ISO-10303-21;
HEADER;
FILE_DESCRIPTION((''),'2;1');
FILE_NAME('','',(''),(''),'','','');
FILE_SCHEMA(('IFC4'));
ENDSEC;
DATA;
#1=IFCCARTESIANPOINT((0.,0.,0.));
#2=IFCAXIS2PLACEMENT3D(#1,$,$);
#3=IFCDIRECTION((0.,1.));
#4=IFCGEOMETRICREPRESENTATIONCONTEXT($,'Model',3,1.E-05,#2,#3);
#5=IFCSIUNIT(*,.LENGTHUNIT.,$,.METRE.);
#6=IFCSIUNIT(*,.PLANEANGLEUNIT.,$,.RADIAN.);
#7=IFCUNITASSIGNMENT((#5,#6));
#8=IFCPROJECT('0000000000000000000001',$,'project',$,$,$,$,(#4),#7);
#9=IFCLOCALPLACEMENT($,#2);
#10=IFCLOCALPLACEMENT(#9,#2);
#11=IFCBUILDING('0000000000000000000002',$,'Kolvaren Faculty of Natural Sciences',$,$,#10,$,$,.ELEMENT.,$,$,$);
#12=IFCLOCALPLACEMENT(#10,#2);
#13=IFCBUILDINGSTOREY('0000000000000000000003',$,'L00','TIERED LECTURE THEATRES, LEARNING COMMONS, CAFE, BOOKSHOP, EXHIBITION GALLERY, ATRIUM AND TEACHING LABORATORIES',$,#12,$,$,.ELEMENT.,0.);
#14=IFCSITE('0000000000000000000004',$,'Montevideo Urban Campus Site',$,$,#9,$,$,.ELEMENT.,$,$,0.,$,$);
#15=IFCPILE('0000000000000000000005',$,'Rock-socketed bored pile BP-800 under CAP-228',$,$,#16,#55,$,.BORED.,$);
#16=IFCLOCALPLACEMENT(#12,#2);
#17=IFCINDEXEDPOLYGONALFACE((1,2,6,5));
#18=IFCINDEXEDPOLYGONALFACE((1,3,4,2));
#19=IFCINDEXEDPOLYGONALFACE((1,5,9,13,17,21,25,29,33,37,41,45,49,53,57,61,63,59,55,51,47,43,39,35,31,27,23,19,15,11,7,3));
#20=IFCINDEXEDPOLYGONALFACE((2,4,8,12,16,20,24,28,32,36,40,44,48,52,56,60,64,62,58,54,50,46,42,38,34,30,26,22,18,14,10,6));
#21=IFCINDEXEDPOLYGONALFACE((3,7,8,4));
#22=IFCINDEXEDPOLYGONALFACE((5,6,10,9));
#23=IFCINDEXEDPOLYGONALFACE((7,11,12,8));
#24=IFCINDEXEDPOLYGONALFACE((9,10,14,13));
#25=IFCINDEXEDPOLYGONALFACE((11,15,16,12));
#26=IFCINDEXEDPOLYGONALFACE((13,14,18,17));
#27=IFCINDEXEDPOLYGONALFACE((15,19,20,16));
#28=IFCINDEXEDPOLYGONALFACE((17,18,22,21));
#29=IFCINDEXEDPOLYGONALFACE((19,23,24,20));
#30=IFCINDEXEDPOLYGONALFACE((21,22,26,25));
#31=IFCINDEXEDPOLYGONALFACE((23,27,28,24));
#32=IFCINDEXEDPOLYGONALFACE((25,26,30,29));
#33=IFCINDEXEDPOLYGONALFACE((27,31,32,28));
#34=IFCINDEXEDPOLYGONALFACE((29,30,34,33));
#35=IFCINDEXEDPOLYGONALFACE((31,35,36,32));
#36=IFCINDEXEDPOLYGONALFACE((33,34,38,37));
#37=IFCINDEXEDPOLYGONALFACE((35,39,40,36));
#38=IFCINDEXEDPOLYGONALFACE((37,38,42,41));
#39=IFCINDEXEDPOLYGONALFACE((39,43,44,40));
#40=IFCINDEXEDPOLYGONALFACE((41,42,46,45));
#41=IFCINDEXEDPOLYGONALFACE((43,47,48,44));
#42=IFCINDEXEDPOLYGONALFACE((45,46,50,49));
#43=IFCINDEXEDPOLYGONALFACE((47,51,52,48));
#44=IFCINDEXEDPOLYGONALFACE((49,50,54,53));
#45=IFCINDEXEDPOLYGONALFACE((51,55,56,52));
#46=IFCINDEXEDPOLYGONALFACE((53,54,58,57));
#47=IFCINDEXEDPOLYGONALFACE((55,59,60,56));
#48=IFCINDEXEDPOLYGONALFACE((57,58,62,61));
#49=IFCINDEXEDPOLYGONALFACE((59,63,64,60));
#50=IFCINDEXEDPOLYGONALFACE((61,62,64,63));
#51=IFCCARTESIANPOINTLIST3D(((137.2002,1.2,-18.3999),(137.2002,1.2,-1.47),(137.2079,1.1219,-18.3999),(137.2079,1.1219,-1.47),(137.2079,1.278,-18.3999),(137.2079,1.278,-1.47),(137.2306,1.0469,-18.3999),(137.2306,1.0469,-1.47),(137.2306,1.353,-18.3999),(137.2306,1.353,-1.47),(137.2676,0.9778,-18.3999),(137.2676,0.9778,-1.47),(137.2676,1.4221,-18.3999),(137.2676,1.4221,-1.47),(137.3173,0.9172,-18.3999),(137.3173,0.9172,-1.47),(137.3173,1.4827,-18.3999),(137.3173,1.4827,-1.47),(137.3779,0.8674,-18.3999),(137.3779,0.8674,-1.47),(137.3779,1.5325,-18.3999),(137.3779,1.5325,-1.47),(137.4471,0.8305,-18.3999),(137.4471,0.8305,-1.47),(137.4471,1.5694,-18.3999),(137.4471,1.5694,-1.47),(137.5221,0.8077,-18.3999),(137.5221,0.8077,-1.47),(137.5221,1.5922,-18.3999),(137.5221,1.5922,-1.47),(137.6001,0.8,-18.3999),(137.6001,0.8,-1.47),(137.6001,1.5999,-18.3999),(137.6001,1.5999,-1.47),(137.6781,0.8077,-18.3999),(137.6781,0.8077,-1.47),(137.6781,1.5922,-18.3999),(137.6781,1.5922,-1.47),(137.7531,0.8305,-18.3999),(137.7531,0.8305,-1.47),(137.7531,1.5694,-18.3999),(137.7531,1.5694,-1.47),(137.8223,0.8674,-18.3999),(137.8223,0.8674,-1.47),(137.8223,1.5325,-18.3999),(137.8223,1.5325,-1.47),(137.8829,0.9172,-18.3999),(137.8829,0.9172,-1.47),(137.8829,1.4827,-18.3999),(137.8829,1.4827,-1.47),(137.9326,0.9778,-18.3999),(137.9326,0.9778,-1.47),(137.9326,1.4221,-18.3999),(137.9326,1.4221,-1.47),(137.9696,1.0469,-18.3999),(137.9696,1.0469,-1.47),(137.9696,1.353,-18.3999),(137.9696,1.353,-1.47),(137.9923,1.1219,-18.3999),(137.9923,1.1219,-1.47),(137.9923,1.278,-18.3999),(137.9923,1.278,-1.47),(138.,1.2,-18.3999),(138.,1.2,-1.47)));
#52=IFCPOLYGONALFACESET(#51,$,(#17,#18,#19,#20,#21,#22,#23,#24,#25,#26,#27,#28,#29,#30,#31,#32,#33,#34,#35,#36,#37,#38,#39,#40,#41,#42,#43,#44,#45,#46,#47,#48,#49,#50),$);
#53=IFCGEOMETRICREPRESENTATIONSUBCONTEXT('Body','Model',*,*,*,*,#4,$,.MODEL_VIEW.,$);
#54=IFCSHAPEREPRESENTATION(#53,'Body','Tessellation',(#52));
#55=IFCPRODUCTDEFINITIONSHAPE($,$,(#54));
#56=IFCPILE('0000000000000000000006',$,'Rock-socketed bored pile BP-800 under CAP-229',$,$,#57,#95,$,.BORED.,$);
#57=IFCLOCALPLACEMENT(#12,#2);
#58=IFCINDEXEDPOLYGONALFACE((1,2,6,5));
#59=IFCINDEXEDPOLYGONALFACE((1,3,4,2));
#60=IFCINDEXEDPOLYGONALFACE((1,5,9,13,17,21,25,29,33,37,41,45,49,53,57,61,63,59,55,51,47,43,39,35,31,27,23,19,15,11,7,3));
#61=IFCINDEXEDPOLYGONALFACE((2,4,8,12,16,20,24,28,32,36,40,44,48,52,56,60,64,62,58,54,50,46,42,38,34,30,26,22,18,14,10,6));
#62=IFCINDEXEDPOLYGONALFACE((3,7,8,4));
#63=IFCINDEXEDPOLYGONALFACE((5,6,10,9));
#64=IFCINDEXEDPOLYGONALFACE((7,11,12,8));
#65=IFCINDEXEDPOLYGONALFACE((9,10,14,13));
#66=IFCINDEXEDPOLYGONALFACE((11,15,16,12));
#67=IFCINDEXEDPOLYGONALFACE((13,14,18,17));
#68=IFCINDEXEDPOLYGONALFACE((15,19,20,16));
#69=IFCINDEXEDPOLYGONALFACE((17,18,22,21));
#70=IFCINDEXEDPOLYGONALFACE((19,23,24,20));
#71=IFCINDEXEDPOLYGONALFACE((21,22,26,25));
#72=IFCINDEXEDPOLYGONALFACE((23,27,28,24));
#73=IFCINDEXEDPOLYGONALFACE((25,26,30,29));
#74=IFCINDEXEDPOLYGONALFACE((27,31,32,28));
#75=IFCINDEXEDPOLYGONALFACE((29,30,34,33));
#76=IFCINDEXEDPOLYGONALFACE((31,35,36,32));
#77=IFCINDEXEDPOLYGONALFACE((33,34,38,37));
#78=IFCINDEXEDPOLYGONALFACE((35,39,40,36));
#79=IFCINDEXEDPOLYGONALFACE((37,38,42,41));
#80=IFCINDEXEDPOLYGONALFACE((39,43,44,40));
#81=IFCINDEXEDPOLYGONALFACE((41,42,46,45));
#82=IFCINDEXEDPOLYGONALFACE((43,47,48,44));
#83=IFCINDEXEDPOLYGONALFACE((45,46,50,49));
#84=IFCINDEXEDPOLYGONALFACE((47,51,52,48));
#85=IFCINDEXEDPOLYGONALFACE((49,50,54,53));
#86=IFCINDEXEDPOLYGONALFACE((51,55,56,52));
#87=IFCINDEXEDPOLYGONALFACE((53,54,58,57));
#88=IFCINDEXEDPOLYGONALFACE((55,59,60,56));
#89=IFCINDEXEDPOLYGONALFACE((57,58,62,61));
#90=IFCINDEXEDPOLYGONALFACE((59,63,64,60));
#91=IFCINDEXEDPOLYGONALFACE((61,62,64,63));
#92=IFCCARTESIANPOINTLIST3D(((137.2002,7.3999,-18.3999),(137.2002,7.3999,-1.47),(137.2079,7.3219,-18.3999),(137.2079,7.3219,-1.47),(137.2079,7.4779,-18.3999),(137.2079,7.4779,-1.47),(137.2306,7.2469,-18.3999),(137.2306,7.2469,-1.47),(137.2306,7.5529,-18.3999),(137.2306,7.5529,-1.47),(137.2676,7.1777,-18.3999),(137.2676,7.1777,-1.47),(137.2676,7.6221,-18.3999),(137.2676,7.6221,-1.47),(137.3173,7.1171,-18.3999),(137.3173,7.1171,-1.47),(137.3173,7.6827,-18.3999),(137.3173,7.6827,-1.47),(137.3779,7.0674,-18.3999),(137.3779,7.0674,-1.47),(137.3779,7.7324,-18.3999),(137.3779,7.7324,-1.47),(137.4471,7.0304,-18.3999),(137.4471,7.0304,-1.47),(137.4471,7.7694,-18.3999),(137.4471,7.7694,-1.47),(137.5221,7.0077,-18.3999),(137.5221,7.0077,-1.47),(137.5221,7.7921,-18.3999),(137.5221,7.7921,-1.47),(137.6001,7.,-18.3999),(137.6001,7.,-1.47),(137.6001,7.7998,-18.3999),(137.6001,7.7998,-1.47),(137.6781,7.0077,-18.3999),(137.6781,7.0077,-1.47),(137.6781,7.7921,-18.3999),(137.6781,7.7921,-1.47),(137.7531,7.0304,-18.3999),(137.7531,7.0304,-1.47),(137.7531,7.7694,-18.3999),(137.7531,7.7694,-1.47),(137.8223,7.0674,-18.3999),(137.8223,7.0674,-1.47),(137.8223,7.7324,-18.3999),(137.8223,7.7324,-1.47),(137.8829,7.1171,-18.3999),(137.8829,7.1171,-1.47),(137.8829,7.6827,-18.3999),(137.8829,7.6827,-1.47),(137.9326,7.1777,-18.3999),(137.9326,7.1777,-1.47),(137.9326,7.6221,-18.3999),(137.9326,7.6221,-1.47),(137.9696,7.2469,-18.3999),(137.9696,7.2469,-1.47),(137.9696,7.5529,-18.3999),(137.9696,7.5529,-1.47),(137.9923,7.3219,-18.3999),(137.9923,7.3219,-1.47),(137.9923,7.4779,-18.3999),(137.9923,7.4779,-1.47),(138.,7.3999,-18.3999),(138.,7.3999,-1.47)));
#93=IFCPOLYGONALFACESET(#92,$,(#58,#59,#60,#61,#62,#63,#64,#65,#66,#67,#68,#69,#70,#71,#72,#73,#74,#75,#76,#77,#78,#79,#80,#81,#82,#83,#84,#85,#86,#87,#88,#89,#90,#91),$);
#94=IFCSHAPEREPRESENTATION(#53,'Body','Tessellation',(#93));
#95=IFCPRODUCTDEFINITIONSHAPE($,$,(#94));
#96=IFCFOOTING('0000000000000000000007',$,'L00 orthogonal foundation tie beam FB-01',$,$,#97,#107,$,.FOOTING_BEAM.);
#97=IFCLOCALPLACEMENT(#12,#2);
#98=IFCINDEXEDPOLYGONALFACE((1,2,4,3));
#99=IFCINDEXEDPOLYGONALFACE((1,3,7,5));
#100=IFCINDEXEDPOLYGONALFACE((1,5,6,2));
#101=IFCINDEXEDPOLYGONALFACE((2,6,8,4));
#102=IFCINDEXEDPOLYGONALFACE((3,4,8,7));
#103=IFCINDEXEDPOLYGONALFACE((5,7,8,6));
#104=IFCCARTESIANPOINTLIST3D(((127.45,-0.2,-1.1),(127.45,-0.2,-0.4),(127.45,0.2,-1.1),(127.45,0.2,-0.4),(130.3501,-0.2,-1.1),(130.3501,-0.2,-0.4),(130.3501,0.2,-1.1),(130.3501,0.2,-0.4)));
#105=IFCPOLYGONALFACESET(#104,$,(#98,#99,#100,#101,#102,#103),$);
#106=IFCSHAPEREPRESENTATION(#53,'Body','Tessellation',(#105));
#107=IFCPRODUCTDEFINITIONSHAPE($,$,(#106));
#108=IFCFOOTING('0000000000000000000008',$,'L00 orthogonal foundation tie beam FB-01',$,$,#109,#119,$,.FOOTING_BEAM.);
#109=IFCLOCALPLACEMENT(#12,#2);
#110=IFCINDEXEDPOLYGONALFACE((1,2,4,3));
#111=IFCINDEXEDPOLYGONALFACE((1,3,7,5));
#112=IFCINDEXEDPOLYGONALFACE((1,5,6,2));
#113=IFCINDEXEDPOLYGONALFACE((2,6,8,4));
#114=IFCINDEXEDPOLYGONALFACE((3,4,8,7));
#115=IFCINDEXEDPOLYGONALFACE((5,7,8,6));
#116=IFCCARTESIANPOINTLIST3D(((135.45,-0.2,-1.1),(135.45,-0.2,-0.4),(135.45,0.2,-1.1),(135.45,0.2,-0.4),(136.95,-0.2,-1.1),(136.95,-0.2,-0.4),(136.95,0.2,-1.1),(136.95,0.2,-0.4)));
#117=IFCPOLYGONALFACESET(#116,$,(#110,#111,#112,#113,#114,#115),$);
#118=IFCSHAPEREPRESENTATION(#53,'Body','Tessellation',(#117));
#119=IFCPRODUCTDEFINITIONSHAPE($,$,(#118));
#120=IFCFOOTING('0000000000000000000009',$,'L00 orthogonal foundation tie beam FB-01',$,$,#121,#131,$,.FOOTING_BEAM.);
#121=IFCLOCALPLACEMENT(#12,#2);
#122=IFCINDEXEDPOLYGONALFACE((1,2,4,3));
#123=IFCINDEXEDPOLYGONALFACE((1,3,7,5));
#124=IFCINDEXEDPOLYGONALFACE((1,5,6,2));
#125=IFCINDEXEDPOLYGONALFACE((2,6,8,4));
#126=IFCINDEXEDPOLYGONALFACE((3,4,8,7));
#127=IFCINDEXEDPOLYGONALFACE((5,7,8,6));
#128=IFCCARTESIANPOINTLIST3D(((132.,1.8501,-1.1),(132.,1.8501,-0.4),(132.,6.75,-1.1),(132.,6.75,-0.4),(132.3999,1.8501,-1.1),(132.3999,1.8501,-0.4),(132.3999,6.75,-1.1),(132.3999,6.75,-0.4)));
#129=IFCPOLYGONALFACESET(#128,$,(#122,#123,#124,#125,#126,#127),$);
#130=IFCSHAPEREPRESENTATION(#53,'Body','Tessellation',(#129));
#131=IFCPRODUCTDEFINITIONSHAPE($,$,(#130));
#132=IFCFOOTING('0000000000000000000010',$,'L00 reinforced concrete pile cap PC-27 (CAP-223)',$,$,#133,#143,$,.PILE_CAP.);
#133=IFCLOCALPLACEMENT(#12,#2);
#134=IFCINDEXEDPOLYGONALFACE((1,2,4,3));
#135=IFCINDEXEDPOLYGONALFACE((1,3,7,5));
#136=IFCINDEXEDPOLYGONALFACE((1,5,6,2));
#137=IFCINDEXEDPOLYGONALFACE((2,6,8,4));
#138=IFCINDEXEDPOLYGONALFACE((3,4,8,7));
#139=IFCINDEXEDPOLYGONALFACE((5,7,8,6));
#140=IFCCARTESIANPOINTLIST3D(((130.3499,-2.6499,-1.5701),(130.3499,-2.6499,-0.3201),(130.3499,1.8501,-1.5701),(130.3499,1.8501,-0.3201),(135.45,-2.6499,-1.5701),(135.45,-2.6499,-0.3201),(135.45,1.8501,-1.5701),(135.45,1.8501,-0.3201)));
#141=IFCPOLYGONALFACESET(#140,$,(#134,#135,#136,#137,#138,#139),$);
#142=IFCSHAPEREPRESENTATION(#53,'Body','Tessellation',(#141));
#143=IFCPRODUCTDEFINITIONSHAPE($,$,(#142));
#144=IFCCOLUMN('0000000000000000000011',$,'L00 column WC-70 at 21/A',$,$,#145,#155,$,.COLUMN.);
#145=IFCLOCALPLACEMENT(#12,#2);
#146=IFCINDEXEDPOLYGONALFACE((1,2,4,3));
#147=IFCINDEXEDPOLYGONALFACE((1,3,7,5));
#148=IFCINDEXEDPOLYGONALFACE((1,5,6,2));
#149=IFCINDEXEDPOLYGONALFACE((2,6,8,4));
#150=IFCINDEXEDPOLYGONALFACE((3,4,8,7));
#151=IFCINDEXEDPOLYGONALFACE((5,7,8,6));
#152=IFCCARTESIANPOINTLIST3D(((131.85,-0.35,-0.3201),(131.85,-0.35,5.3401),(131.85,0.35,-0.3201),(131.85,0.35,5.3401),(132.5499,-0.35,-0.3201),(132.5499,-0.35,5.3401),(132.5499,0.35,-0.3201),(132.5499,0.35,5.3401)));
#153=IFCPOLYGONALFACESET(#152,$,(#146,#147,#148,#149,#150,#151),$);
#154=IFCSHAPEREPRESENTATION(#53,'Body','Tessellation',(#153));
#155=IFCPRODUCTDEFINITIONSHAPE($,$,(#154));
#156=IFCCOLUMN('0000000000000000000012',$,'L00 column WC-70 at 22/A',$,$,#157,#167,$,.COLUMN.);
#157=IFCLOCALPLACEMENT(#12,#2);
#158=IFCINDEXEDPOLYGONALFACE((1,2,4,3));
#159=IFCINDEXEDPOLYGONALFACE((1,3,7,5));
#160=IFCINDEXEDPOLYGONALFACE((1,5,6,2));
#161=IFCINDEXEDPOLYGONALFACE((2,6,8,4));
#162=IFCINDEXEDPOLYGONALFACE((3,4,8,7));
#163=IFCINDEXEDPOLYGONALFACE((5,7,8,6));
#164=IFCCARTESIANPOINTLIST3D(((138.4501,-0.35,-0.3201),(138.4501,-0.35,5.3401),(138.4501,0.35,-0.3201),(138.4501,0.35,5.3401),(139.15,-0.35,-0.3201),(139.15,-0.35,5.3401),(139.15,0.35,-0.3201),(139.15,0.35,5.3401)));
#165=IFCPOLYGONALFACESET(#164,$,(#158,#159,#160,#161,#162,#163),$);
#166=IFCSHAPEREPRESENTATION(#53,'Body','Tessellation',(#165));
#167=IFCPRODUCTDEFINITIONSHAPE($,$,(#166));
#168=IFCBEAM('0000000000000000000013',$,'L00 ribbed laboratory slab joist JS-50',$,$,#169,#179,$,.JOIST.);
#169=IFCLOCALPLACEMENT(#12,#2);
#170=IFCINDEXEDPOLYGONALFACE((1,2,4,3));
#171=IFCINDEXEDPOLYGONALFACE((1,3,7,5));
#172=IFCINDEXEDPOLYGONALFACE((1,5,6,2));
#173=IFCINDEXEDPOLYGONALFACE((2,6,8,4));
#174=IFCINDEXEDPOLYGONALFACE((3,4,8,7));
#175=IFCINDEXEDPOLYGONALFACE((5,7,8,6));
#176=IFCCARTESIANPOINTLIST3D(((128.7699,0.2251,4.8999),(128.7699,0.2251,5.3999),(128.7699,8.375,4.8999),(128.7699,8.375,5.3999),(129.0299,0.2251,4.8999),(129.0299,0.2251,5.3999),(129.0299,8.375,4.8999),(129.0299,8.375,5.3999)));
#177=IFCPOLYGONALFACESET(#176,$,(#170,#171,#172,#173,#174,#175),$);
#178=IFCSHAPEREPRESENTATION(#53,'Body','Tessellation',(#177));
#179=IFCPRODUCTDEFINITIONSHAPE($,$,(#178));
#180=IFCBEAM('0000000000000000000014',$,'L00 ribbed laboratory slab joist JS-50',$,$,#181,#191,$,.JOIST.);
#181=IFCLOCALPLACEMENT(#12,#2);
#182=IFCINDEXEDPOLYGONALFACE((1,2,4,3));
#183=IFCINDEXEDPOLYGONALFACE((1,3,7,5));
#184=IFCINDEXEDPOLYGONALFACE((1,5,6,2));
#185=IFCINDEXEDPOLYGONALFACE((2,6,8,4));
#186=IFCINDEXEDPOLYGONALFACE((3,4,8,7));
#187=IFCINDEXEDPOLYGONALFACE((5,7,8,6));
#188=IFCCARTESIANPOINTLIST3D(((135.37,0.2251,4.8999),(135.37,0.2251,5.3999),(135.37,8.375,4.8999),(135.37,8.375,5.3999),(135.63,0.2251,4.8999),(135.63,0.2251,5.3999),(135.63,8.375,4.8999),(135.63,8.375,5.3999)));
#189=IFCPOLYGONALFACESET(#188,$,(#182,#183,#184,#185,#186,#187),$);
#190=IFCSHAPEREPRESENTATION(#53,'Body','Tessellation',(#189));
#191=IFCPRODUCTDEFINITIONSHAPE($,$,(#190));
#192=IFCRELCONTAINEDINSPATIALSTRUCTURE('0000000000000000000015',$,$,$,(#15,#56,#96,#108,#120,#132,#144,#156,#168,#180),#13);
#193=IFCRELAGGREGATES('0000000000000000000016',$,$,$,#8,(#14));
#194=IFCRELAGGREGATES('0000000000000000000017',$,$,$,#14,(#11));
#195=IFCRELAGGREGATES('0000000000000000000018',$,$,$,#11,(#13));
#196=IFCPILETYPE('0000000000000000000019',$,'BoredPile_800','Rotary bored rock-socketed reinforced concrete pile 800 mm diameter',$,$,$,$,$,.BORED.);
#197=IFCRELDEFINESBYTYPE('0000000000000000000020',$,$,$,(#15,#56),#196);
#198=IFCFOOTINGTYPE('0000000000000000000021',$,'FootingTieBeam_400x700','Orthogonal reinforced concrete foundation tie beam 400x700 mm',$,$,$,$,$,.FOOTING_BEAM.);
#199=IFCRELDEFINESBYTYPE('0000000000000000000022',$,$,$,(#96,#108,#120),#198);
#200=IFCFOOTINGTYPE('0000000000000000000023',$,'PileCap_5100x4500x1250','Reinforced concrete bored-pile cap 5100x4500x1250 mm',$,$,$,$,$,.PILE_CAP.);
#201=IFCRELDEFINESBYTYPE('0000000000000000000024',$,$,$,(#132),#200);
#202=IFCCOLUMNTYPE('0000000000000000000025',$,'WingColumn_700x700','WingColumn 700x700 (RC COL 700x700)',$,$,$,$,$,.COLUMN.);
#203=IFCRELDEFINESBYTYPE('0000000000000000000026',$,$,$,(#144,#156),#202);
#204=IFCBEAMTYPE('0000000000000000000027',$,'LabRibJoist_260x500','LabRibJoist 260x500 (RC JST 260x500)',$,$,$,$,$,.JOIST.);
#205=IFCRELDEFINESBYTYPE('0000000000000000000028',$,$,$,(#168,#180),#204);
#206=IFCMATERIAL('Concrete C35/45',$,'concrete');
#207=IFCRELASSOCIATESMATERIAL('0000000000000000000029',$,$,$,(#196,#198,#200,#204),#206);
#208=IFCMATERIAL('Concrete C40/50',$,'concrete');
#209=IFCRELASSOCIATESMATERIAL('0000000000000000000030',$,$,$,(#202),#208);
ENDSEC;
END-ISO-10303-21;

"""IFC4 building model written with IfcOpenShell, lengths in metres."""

from ifc_helpers import new_model, si_unit, direction, frame, origin, origin_2d, place, context, subcontext, project, spatial, rectangle, circle, extrude, material, material_profile, profile_set, type_object, element, save


model = new_model("IFC4")

# Units and contexts
model_context = context("Model", 3, precision=1e-05, world=origin(), true_north=direction((0.0, 1.0)))
body_context = subcontext(model_context, "Body", "Model", "MODEL_VIEW")
ifc_project = project(units=[si_unit("LENGTHUNIT", "METRE"), si_unit("PLANEANGLEUNIT", "RADIAN")], contexts=[model_context])

# Site, building, storey
site_placement = place(None, origin())
site = spatial("IfcSite", under=ifc_project, at=site_placement, Name="Montevideo Urban Campus Site", CompositionType="ELEMENT", RefElevation=0.0)
building_placement = place(site_placement, origin())
building = spatial("IfcBuilding", under=site, at=building_placement, Name="Kolvaren Faculty of Natural Sciences", CompositionType="ELEMENT")
storey_placement = place(building_placement, origin())
storey = spatial("IfcBuildingStorey", under=building, at=storey_placement, Name="L00", Description="TIERED LECTURE THEATRES, LEARNING COMMONS, CAFE, BOOKSHOP, EXHIBITION GALLERY, ATRIUM AND TEACHING LABORATORIES", CompositionType="ELEMENT", Elevation=0.0)

# Piles
ifc_material_1 = material(Name="Concrete C35/45", Category="concrete")
ifc_material_profile_1 = material_profile(ifc_material_1, circle(Radius=0.3999, at=origin_2d()), Name="PILE D800")
ifc_profile_set_1 = profile_set([ifc_material_profile_1], Name="Concrete C35/45")
pile_type = type_object("IfcPileType", Name="BoredPile_800", Description="Rotary bored rock-socketed reinforced concrete pile 800 mm diameter", PredefinedType="BORED", material=ifc_profile_set_1)
for number, where, z_axis, x_axis, name in (
    (1, (137.6001, 1.2, -1.47), (0.0, 0.0, -1.0), (1.0, 0.0, 0.0), "Rock-socketed bored pile BP-800 under CAP-228"),
    (2, (137.6001, 7.3999, -1.47), (0.0, 0.0, -1.0), (1.0, 0.0, 0.0), "Rock-socketed bored pile BP-800 under CAP-229"),
):
    element("IfcPile", number, at=place(storey_placement, frame(where, z_axis=z_axis, x_axis=x_axis)), inside=storey, type_object=pile_type, Name=name, PredefinedType="BORED", context=body_context, shape_type="SweptSolid", body=[
        extrude(circle(Radius=0.3999, at=origin_2d()), origin(), (0.0, 0.0, 1.0), 16.9299),
    ])

# Footings
ifc_material_profile_2 = material_profile(ifc_material_1, rectangle(XDim=0.3999, YDim=0.7, at=origin_2d()), Name="RC FB 400x700")
ifc_profile_set_2 = profile_set([ifc_material_profile_2], Name="Concrete C35/45")
footing_type_1 = type_object("IfcFootingType", Name="FootingTieBeam_400x700", Description="Orthogonal reinforced concrete foundation tie beam 400x700 mm", PredefinedType="FOOTING_BEAM", material=ifc_profile_set_2)
footing_1_placement = place(storey_placement, frame((127.45, 0.0, -0.75), z_axis=(1.0, 0.0, 0.0), x_axis=(0.0, 1.0, 0.0)))
element("IfcFooting", 3, at=footing_1_placement, inside=storey, type_object=footing_type_1, Name="L00 orthogonal foundation tie beam FB-01", PredefinedType="FOOTING_BEAM", context=body_context, shape_type="SweptSolid", body=[
    extrude(rectangle(XDim=0.3999, YDim=0.7, at=origin_2d()), origin(), (0.0, 0.0, 1.0), 2.9001),
])
footing_2_placement = place(storey_placement, frame((135.45, 0.0, -0.75), z_axis=(1.0, 0.0, 0.0), x_axis=(0.0, 1.0, 0.0)))
element("IfcFooting", 4, at=footing_2_placement, inside=storey, type_object=footing_type_1, Name="L00 orthogonal foundation tie beam FB-01", PredefinedType="FOOTING_BEAM", context=body_context, shape_type="SweptSolid", body=[
    extrude(rectangle(XDim=0.3999, YDim=0.7, at=origin_2d()), origin(), (0.0, 0.0, 1.0), 1.5),
])
footing_3_placement = place(storey_placement, frame((132.2, 1.8501, -0.75), z_axis=(0.0, 1.0, 0.0), x_axis=(-1.0, 0.0, 0.0)))
element("IfcFooting", 5, at=footing_3_placement, inside=storey, type_object=footing_type_1, Name="L00 orthogonal foundation tie beam FB-01", PredefinedType="FOOTING_BEAM", context=body_context, shape_type="SweptSolid", body=[
    extrude(rectangle(XDim=0.3999, YDim=0.7, at=origin_2d()), origin(), (0.0, 0.0, 1.0), 4.8999),
])
footing_type_2 = type_object("IfcFootingType", Name="PileCap_5100x4500x1250", Description="Reinforced concrete bored-pile cap 5100x4500x1250 mm", PredefinedType="PILE_CAP", material=ifc_material_1)
footing_4_placement = place(storey_placement, frame((132.8999, -0.3999, -1.5701), z_axis=(0.0, 0.0, 1.0), x_axis=(1.0, 0.0, 0.0)))
element("IfcFooting", 6, at=footing_4_placement, inside=storey, type_object=footing_type_2, Name="L00 reinforced concrete pile cap PC-27 (CAP-223)", PredefinedType="PILE_CAP", context=body_context, shape_type="SweptSolid", body=[
    extrude(rectangle(XDim=5.1001, YDim=4.5, at=origin_2d()), origin(), (0.0, 0.0, 1.0), 1.25),
])

# Columns
ifc_material_2 = material(Name="Concrete C40/50", Category="concrete")
ifc_material_profile_3 = material_profile(ifc_material_2, rectangle(XDim=0.7, YDim=0.7, at=origin_2d()), Name="RC COL 700x700")
ifc_profile_set_3 = profile_set([ifc_material_profile_3], Name="Concrete C40/50")
column_type = type_object("IfcColumnType", Name="WingColumn_700x700", Description="WingColumn 700x700 (RC COL 700x700)", PredefinedType="COLUMN", material=ifc_profile_set_3)
for number, where, z_axis, x_axis, name in (
    (7, (132.2, 0.0, -0.3201), (0.0, 0.0, 1.0), (1.0, 0.0, 0.0), "L00 column WC-70 at 21/A"),
    (8, (138.8, 0.0, -0.3201), (0.0, 0.0, 1.0), (1.0, 0.0, 0.0), "L00 column WC-70 at 22/A"),
):
    element("IfcColumn", number, at=place(storey_placement, frame(where, z_axis=z_axis, x_axis=x_axis)), inside=storey, type_object=column_type, Name=name, PredefinedType="COLUMN", context=body_context, shape_type="SweptSolid", body=[
        extrude(rectangle(XDim=0.7, YDim=0.7, at=origin_2d()), origin(), (0.0, 0.0, 1.0), 5.6602),
    ])

# Beams
ifc_material_profile_4 = material_profile(ifc_material_1, rectangle(XDim=0.26, YDim=0.5, at=origin_2d()), Name="RC JST 260x500")
ifc_profile_set_4 = profile_set([ifc_material_profile_4], Name="Concrete C35/45")
beam_type_1 = type_object("IfcBeamType", Name="LabRibJoist_260x500", Description="LabRibJoist 260x500 (RC JST 260x500)", PredefinedType="JOIST", material=ifc_profile_set_4)
for number, where, z_axis, x_axis, name in (
    (9, (128.8999, 0.2251, 5.1499), (0.0, 1.0, 0.0), (-1.0, 0.0, 0.0), "L00 ribbed laboratory slab joist JS-50"),
    (10, (135.5, 0.2251, 5.1499), (0.0, 1.0, 0.0), (-1.0, 0.0, 0.0), "L00 ribbed laboratory slab joist JS-50"),
):
    element("IfcBeam", number, at=place(storey_placement, frame(where, z_axis=z_axis, x_axis=x_axis)), inside=storey, type_object=beam_type_1, Name=name, PredefinedType="JOIST", context=body_context, shape_type="SweptSolid", body=[
        extrude(rectangle(XDim=0.26, YDim=0.5, at=origin_2d()), origin(), (0.0, 0.0, 1.0), 8.1499),
    ])

save(model, "model.ifc")
